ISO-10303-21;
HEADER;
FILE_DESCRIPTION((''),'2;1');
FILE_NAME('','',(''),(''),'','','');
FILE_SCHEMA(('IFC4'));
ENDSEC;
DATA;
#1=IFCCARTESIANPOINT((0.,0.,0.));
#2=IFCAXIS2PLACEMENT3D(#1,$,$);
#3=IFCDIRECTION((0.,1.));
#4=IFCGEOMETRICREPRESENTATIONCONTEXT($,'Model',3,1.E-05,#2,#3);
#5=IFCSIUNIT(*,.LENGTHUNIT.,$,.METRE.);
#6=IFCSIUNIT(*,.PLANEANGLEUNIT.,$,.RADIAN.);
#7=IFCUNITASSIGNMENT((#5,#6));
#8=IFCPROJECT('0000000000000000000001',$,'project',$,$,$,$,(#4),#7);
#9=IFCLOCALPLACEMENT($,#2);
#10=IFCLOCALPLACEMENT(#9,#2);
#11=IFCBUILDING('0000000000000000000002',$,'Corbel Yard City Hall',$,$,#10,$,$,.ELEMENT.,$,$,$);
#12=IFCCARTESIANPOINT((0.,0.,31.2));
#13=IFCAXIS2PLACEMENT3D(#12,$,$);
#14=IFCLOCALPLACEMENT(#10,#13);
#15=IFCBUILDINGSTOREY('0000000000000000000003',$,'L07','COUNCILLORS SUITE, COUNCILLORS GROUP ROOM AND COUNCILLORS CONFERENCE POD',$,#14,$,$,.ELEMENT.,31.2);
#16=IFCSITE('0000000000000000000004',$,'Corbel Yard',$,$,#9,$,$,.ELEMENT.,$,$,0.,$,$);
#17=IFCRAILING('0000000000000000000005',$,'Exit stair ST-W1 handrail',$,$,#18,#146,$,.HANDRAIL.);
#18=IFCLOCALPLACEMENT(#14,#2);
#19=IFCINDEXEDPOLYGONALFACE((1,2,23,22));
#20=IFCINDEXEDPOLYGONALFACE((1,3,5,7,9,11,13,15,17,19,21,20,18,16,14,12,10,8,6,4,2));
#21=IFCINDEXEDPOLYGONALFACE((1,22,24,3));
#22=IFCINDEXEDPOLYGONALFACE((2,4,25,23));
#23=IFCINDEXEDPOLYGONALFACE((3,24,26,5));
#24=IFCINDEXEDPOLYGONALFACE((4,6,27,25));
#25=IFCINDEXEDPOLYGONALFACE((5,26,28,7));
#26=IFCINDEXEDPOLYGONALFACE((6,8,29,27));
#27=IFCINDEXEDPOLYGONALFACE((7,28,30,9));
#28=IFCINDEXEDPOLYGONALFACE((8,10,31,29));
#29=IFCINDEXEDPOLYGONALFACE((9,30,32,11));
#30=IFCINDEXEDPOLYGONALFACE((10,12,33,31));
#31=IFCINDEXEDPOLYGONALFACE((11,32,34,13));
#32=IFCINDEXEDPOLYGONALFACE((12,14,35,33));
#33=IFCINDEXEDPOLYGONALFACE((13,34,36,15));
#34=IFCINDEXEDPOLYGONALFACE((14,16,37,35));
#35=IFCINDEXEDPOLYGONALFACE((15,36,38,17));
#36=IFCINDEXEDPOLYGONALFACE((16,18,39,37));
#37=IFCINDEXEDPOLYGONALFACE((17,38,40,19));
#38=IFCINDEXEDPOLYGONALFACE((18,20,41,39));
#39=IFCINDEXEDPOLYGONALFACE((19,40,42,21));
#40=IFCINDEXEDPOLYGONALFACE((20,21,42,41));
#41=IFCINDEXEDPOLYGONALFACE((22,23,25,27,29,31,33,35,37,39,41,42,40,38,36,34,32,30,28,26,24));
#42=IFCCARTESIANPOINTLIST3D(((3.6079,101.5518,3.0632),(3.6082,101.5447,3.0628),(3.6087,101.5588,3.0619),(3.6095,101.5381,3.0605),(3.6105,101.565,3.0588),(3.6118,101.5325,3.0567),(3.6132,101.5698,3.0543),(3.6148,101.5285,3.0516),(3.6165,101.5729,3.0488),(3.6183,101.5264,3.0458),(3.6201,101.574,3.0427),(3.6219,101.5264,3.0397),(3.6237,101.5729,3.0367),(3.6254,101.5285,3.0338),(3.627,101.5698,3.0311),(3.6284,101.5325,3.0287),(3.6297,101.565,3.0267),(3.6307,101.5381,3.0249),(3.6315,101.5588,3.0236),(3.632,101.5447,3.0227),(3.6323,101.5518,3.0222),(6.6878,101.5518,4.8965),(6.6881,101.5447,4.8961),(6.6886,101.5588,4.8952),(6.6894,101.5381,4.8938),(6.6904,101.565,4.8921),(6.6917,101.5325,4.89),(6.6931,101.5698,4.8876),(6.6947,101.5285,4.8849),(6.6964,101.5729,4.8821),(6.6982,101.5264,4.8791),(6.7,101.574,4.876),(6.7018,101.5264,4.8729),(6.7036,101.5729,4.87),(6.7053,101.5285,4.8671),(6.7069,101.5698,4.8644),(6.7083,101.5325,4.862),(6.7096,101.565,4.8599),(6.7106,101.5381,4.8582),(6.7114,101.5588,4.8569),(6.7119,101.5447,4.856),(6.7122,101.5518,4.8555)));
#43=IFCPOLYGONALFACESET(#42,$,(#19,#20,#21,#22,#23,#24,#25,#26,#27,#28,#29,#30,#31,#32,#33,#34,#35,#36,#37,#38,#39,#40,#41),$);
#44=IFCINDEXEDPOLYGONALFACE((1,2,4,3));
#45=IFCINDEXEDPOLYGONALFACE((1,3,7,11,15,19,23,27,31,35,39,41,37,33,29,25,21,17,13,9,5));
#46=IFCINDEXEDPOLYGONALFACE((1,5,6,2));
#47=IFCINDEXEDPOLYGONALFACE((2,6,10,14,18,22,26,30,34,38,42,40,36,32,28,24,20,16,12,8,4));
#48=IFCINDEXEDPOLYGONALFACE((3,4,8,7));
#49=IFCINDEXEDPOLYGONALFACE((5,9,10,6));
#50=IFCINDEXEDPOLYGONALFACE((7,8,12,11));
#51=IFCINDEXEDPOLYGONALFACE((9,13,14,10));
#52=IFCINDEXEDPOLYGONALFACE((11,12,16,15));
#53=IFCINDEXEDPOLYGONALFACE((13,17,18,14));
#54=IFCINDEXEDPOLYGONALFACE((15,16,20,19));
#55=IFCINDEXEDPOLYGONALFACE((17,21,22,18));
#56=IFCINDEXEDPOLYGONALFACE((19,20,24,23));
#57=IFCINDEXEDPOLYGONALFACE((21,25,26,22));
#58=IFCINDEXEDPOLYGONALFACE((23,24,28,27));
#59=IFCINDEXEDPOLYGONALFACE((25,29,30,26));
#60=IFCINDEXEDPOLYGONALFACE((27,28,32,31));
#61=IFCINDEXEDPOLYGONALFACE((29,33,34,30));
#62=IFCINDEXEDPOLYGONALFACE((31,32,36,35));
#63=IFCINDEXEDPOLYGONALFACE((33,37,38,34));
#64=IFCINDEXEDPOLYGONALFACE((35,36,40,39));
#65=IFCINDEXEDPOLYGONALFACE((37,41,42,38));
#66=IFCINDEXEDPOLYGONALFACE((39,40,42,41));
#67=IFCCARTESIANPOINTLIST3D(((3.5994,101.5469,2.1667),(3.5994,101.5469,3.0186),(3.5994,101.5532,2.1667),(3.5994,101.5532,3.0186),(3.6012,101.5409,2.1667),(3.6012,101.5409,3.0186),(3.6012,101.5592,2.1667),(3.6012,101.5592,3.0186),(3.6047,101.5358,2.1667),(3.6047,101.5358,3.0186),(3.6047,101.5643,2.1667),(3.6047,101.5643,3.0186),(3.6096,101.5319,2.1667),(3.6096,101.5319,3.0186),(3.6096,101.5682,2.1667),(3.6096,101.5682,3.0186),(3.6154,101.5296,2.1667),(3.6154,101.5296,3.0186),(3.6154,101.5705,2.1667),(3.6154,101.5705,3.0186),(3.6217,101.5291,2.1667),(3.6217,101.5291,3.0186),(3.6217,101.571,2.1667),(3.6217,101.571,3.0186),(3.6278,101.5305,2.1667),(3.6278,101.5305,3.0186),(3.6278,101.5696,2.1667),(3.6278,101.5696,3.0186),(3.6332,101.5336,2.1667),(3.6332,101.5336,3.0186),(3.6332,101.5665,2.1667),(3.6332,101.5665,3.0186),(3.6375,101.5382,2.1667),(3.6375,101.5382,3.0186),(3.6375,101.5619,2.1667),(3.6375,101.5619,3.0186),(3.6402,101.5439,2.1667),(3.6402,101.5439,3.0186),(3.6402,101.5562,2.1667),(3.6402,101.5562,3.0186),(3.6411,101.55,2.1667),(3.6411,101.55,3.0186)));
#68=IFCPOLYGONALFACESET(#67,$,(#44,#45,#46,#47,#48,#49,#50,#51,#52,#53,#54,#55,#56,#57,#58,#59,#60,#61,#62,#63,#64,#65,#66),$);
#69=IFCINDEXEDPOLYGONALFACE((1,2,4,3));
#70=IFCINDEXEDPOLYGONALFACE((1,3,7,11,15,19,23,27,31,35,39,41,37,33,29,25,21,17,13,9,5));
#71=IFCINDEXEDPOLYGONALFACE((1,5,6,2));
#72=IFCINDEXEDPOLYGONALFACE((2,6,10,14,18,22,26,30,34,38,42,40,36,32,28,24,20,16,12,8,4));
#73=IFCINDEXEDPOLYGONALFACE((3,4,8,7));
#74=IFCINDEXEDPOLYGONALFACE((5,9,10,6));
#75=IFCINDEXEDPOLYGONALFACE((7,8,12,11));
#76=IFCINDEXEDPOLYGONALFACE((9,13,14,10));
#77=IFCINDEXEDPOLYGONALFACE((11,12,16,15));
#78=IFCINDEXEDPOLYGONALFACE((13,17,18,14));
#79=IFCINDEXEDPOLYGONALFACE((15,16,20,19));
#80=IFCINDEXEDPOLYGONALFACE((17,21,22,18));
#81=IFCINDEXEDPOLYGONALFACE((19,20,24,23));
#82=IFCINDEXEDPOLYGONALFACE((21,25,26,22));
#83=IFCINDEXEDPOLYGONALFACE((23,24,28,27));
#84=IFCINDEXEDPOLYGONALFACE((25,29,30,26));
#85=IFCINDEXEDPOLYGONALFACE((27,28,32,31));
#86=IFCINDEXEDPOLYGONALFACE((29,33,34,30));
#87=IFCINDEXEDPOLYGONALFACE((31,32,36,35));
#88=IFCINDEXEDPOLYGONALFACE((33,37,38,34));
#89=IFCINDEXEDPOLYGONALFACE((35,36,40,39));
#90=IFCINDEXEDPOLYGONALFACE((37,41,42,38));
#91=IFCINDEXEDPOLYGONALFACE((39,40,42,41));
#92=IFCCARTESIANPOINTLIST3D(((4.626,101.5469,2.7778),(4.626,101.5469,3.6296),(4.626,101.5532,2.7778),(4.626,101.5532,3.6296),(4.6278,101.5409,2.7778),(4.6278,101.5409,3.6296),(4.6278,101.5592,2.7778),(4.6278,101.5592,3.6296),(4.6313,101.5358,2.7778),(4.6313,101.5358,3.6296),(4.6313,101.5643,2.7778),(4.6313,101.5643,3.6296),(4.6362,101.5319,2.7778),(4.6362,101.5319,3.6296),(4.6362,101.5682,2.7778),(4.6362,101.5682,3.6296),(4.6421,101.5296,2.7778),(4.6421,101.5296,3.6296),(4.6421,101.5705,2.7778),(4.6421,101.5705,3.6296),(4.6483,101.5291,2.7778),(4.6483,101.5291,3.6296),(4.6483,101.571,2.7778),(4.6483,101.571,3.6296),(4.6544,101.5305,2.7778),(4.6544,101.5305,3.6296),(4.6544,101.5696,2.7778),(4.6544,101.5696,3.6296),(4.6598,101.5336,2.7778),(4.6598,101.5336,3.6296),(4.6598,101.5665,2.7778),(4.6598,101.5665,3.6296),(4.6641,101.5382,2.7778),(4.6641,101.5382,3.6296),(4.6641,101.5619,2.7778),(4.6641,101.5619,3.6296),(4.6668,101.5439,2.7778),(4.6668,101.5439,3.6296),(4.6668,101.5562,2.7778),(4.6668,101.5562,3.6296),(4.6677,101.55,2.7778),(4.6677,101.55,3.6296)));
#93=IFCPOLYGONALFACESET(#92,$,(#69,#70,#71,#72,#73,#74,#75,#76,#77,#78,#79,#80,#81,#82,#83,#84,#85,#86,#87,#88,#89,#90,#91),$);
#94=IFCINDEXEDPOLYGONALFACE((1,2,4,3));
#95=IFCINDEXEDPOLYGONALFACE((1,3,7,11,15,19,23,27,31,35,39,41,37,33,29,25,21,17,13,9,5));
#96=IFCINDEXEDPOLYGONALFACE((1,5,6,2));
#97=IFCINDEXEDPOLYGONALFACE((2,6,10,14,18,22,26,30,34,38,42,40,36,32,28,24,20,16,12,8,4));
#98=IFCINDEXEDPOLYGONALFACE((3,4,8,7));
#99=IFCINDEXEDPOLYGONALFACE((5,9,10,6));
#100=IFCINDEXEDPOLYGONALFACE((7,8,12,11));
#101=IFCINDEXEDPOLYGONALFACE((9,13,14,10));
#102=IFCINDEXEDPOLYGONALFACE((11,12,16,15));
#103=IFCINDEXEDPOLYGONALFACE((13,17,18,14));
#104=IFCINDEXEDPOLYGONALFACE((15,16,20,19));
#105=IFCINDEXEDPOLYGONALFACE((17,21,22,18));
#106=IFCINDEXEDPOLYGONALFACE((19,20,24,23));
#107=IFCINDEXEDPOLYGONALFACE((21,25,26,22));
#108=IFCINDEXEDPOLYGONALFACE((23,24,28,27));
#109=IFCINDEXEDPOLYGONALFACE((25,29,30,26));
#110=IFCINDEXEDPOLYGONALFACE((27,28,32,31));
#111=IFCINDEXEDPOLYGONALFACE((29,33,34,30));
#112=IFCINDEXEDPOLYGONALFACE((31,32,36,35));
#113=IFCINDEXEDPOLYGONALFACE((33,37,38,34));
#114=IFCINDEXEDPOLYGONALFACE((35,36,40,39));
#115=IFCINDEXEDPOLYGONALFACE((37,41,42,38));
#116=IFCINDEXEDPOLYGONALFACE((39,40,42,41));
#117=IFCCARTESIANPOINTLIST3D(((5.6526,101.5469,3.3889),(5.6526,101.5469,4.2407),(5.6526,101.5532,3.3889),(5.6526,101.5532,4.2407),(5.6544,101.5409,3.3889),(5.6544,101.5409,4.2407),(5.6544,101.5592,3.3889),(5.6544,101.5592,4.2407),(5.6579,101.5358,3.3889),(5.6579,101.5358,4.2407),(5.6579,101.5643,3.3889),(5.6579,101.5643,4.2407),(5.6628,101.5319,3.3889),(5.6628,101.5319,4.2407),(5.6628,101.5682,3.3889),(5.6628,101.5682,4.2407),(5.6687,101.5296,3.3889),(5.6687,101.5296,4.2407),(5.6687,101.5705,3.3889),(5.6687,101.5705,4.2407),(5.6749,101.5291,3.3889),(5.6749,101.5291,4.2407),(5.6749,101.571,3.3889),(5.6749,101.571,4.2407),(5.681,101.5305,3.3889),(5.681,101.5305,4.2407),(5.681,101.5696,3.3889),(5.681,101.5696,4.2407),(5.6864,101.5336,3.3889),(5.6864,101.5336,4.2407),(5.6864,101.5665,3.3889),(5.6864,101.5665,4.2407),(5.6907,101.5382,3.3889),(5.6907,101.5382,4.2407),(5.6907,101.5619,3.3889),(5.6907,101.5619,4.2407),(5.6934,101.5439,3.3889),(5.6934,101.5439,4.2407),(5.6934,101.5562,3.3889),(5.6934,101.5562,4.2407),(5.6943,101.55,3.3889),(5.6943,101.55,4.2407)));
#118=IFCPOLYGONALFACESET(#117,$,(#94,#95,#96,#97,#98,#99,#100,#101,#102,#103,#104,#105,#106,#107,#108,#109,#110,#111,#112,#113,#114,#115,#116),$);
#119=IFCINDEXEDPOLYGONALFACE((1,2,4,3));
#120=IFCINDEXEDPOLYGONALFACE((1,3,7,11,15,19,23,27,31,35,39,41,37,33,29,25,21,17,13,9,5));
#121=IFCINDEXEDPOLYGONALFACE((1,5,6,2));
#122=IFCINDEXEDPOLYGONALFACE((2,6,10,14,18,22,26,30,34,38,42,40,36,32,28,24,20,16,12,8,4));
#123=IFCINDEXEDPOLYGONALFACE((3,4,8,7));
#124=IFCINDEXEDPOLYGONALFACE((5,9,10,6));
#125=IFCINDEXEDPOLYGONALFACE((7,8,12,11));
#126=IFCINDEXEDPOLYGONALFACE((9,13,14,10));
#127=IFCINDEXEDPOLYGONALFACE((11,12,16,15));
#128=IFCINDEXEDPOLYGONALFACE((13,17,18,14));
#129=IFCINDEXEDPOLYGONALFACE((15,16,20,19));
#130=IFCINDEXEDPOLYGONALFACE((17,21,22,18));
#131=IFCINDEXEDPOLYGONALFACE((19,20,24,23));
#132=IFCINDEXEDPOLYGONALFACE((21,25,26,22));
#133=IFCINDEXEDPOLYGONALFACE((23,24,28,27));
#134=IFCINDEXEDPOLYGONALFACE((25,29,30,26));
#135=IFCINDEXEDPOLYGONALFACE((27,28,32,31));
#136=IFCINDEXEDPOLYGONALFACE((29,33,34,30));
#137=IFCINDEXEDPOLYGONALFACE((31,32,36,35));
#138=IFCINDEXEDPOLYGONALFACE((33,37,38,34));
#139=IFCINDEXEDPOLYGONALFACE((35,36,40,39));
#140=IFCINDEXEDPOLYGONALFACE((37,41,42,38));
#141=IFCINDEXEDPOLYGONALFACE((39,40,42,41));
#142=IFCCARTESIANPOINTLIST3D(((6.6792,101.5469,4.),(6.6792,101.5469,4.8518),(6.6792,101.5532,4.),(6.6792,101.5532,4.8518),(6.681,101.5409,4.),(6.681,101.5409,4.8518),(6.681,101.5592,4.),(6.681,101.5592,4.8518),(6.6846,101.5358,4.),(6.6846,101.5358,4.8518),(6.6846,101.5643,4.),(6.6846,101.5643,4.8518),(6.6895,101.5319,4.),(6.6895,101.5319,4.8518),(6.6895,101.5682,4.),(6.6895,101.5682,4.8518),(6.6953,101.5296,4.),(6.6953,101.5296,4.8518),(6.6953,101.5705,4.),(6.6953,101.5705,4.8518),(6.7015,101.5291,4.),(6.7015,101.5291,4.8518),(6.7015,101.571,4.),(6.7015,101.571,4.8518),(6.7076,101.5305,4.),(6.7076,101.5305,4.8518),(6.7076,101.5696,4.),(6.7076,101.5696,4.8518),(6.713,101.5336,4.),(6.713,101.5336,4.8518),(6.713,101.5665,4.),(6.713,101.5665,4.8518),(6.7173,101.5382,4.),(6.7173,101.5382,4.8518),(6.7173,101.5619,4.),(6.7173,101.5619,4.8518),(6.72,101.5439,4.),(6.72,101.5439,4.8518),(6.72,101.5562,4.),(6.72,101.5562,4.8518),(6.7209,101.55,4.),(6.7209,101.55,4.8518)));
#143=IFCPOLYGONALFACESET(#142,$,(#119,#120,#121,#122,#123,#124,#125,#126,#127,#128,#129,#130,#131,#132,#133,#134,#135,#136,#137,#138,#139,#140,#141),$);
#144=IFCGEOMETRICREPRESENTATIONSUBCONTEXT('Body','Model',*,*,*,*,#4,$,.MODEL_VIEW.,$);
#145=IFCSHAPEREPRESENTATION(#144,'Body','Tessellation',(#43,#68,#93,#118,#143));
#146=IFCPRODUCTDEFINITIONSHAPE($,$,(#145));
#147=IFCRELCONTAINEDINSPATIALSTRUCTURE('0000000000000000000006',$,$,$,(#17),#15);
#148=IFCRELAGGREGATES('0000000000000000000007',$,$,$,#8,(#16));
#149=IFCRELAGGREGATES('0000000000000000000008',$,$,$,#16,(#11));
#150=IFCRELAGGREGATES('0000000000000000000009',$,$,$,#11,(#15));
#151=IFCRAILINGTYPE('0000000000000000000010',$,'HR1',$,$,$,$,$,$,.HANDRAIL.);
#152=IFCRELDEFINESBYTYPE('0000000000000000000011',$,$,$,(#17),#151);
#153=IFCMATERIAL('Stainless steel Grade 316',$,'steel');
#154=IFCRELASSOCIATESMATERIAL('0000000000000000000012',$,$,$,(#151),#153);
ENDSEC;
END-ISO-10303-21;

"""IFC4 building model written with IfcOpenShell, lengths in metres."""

from ifc_helpers import new_model, si_unit, direction, frame, origin, origin_2d, place, context, subcontext, project, spatial, circle, extrude, material, type_object, element, save


model = new_model("IFC4")

# Units and contexts
model_context = context("Model", 3, precision=1e-05, world=origin(), true_north=direction((0.0, 1.0)))
body_context = subcontext(model_context, "Body", "Model", "MODEL_VIEW")
ifc_project = project(units=[si_unit("LENGTHUNIT", "METRE"), si_unit("PLANEANGLEUNIT", "RADIAN")], contexts=[model_context])

# Site, building, storey
site_placement = place(None, origin())
site = spatial("IfcSite", under=ifc_project, at=site_placement, Name="Corbel Yard", CompositionType="ELEMENT", RefElevation=0.0)
building_placement = place(site_placement, origin())
building = spatial("IfcBuilding", under=site, at=building_placement, Name="Corbel Yard City Hall", CompositionType="ELEMENT")
storey_placement = place(building_placement, frame((0.0, 0.0, 31.2)))
storey = spatial("IfcBuildingStorey", under=building, at=storey_placement, Name="L07", Description="COUNCILLORS SUITE, COUNCILLORS GROUP ROOM AND COUNCILLORS CONFERENCE POD", CompositionType="ELEMENT", Elevation=31.2)

# Shared definitions
ifc_material_1 = material(Name="Stainless steel Grade 316", Category="steel")

# Railing
railing_type = type_object("IfcRailingType", Name="HR1", PredefinedType="HANDRAIL", material=ifc_material_1)
for number, where, name in (
    (1, (3.6201, 101.55, 2.1667), "Exit stair ST-W1 handrail"),
):
    element("IfcRailing", number, at=place(storey_placement, frame(where)), inside=storey, type_object=railing_type, Name=name, PredefinedType="HANDRAIL", context=body_context, shape_type="SweptSolid", body=[
        extrude(circle(Radius=0.0239, at=origin_2d()), frame((0.0, 0.0, 0.876), z_axis=(0.859291, 0.0, 0.511487), x_axis=(0.0, 1.0, 0.0)), (0.0, 0.0, 1.0), 3.5842),
        extrude(circle(Radius=0.021, at=origin_2d()), origin(), (0.0, 0.0, 1.0), 0.8518),
        extrude(circle(Radius=0.021, at=origin_2d()), frame((1.0266, 0.0, 0.6111)), (0.0, 0.0, 1.0), 0.8518),
        extrude(circle(Radius=0.021, at=origin_2d()), frame((2.0532, 0.0, 1.2222)), (0.0, 0.0, 1.0), 0.8518),
        extrude(circle(Radius=0.021, at=origin_2d()), frame((3.0798, 0.0, 1.8333)), (0.0, 0.0, 1.0), 0.8518),
    ])

save(model, "model.ifc")
